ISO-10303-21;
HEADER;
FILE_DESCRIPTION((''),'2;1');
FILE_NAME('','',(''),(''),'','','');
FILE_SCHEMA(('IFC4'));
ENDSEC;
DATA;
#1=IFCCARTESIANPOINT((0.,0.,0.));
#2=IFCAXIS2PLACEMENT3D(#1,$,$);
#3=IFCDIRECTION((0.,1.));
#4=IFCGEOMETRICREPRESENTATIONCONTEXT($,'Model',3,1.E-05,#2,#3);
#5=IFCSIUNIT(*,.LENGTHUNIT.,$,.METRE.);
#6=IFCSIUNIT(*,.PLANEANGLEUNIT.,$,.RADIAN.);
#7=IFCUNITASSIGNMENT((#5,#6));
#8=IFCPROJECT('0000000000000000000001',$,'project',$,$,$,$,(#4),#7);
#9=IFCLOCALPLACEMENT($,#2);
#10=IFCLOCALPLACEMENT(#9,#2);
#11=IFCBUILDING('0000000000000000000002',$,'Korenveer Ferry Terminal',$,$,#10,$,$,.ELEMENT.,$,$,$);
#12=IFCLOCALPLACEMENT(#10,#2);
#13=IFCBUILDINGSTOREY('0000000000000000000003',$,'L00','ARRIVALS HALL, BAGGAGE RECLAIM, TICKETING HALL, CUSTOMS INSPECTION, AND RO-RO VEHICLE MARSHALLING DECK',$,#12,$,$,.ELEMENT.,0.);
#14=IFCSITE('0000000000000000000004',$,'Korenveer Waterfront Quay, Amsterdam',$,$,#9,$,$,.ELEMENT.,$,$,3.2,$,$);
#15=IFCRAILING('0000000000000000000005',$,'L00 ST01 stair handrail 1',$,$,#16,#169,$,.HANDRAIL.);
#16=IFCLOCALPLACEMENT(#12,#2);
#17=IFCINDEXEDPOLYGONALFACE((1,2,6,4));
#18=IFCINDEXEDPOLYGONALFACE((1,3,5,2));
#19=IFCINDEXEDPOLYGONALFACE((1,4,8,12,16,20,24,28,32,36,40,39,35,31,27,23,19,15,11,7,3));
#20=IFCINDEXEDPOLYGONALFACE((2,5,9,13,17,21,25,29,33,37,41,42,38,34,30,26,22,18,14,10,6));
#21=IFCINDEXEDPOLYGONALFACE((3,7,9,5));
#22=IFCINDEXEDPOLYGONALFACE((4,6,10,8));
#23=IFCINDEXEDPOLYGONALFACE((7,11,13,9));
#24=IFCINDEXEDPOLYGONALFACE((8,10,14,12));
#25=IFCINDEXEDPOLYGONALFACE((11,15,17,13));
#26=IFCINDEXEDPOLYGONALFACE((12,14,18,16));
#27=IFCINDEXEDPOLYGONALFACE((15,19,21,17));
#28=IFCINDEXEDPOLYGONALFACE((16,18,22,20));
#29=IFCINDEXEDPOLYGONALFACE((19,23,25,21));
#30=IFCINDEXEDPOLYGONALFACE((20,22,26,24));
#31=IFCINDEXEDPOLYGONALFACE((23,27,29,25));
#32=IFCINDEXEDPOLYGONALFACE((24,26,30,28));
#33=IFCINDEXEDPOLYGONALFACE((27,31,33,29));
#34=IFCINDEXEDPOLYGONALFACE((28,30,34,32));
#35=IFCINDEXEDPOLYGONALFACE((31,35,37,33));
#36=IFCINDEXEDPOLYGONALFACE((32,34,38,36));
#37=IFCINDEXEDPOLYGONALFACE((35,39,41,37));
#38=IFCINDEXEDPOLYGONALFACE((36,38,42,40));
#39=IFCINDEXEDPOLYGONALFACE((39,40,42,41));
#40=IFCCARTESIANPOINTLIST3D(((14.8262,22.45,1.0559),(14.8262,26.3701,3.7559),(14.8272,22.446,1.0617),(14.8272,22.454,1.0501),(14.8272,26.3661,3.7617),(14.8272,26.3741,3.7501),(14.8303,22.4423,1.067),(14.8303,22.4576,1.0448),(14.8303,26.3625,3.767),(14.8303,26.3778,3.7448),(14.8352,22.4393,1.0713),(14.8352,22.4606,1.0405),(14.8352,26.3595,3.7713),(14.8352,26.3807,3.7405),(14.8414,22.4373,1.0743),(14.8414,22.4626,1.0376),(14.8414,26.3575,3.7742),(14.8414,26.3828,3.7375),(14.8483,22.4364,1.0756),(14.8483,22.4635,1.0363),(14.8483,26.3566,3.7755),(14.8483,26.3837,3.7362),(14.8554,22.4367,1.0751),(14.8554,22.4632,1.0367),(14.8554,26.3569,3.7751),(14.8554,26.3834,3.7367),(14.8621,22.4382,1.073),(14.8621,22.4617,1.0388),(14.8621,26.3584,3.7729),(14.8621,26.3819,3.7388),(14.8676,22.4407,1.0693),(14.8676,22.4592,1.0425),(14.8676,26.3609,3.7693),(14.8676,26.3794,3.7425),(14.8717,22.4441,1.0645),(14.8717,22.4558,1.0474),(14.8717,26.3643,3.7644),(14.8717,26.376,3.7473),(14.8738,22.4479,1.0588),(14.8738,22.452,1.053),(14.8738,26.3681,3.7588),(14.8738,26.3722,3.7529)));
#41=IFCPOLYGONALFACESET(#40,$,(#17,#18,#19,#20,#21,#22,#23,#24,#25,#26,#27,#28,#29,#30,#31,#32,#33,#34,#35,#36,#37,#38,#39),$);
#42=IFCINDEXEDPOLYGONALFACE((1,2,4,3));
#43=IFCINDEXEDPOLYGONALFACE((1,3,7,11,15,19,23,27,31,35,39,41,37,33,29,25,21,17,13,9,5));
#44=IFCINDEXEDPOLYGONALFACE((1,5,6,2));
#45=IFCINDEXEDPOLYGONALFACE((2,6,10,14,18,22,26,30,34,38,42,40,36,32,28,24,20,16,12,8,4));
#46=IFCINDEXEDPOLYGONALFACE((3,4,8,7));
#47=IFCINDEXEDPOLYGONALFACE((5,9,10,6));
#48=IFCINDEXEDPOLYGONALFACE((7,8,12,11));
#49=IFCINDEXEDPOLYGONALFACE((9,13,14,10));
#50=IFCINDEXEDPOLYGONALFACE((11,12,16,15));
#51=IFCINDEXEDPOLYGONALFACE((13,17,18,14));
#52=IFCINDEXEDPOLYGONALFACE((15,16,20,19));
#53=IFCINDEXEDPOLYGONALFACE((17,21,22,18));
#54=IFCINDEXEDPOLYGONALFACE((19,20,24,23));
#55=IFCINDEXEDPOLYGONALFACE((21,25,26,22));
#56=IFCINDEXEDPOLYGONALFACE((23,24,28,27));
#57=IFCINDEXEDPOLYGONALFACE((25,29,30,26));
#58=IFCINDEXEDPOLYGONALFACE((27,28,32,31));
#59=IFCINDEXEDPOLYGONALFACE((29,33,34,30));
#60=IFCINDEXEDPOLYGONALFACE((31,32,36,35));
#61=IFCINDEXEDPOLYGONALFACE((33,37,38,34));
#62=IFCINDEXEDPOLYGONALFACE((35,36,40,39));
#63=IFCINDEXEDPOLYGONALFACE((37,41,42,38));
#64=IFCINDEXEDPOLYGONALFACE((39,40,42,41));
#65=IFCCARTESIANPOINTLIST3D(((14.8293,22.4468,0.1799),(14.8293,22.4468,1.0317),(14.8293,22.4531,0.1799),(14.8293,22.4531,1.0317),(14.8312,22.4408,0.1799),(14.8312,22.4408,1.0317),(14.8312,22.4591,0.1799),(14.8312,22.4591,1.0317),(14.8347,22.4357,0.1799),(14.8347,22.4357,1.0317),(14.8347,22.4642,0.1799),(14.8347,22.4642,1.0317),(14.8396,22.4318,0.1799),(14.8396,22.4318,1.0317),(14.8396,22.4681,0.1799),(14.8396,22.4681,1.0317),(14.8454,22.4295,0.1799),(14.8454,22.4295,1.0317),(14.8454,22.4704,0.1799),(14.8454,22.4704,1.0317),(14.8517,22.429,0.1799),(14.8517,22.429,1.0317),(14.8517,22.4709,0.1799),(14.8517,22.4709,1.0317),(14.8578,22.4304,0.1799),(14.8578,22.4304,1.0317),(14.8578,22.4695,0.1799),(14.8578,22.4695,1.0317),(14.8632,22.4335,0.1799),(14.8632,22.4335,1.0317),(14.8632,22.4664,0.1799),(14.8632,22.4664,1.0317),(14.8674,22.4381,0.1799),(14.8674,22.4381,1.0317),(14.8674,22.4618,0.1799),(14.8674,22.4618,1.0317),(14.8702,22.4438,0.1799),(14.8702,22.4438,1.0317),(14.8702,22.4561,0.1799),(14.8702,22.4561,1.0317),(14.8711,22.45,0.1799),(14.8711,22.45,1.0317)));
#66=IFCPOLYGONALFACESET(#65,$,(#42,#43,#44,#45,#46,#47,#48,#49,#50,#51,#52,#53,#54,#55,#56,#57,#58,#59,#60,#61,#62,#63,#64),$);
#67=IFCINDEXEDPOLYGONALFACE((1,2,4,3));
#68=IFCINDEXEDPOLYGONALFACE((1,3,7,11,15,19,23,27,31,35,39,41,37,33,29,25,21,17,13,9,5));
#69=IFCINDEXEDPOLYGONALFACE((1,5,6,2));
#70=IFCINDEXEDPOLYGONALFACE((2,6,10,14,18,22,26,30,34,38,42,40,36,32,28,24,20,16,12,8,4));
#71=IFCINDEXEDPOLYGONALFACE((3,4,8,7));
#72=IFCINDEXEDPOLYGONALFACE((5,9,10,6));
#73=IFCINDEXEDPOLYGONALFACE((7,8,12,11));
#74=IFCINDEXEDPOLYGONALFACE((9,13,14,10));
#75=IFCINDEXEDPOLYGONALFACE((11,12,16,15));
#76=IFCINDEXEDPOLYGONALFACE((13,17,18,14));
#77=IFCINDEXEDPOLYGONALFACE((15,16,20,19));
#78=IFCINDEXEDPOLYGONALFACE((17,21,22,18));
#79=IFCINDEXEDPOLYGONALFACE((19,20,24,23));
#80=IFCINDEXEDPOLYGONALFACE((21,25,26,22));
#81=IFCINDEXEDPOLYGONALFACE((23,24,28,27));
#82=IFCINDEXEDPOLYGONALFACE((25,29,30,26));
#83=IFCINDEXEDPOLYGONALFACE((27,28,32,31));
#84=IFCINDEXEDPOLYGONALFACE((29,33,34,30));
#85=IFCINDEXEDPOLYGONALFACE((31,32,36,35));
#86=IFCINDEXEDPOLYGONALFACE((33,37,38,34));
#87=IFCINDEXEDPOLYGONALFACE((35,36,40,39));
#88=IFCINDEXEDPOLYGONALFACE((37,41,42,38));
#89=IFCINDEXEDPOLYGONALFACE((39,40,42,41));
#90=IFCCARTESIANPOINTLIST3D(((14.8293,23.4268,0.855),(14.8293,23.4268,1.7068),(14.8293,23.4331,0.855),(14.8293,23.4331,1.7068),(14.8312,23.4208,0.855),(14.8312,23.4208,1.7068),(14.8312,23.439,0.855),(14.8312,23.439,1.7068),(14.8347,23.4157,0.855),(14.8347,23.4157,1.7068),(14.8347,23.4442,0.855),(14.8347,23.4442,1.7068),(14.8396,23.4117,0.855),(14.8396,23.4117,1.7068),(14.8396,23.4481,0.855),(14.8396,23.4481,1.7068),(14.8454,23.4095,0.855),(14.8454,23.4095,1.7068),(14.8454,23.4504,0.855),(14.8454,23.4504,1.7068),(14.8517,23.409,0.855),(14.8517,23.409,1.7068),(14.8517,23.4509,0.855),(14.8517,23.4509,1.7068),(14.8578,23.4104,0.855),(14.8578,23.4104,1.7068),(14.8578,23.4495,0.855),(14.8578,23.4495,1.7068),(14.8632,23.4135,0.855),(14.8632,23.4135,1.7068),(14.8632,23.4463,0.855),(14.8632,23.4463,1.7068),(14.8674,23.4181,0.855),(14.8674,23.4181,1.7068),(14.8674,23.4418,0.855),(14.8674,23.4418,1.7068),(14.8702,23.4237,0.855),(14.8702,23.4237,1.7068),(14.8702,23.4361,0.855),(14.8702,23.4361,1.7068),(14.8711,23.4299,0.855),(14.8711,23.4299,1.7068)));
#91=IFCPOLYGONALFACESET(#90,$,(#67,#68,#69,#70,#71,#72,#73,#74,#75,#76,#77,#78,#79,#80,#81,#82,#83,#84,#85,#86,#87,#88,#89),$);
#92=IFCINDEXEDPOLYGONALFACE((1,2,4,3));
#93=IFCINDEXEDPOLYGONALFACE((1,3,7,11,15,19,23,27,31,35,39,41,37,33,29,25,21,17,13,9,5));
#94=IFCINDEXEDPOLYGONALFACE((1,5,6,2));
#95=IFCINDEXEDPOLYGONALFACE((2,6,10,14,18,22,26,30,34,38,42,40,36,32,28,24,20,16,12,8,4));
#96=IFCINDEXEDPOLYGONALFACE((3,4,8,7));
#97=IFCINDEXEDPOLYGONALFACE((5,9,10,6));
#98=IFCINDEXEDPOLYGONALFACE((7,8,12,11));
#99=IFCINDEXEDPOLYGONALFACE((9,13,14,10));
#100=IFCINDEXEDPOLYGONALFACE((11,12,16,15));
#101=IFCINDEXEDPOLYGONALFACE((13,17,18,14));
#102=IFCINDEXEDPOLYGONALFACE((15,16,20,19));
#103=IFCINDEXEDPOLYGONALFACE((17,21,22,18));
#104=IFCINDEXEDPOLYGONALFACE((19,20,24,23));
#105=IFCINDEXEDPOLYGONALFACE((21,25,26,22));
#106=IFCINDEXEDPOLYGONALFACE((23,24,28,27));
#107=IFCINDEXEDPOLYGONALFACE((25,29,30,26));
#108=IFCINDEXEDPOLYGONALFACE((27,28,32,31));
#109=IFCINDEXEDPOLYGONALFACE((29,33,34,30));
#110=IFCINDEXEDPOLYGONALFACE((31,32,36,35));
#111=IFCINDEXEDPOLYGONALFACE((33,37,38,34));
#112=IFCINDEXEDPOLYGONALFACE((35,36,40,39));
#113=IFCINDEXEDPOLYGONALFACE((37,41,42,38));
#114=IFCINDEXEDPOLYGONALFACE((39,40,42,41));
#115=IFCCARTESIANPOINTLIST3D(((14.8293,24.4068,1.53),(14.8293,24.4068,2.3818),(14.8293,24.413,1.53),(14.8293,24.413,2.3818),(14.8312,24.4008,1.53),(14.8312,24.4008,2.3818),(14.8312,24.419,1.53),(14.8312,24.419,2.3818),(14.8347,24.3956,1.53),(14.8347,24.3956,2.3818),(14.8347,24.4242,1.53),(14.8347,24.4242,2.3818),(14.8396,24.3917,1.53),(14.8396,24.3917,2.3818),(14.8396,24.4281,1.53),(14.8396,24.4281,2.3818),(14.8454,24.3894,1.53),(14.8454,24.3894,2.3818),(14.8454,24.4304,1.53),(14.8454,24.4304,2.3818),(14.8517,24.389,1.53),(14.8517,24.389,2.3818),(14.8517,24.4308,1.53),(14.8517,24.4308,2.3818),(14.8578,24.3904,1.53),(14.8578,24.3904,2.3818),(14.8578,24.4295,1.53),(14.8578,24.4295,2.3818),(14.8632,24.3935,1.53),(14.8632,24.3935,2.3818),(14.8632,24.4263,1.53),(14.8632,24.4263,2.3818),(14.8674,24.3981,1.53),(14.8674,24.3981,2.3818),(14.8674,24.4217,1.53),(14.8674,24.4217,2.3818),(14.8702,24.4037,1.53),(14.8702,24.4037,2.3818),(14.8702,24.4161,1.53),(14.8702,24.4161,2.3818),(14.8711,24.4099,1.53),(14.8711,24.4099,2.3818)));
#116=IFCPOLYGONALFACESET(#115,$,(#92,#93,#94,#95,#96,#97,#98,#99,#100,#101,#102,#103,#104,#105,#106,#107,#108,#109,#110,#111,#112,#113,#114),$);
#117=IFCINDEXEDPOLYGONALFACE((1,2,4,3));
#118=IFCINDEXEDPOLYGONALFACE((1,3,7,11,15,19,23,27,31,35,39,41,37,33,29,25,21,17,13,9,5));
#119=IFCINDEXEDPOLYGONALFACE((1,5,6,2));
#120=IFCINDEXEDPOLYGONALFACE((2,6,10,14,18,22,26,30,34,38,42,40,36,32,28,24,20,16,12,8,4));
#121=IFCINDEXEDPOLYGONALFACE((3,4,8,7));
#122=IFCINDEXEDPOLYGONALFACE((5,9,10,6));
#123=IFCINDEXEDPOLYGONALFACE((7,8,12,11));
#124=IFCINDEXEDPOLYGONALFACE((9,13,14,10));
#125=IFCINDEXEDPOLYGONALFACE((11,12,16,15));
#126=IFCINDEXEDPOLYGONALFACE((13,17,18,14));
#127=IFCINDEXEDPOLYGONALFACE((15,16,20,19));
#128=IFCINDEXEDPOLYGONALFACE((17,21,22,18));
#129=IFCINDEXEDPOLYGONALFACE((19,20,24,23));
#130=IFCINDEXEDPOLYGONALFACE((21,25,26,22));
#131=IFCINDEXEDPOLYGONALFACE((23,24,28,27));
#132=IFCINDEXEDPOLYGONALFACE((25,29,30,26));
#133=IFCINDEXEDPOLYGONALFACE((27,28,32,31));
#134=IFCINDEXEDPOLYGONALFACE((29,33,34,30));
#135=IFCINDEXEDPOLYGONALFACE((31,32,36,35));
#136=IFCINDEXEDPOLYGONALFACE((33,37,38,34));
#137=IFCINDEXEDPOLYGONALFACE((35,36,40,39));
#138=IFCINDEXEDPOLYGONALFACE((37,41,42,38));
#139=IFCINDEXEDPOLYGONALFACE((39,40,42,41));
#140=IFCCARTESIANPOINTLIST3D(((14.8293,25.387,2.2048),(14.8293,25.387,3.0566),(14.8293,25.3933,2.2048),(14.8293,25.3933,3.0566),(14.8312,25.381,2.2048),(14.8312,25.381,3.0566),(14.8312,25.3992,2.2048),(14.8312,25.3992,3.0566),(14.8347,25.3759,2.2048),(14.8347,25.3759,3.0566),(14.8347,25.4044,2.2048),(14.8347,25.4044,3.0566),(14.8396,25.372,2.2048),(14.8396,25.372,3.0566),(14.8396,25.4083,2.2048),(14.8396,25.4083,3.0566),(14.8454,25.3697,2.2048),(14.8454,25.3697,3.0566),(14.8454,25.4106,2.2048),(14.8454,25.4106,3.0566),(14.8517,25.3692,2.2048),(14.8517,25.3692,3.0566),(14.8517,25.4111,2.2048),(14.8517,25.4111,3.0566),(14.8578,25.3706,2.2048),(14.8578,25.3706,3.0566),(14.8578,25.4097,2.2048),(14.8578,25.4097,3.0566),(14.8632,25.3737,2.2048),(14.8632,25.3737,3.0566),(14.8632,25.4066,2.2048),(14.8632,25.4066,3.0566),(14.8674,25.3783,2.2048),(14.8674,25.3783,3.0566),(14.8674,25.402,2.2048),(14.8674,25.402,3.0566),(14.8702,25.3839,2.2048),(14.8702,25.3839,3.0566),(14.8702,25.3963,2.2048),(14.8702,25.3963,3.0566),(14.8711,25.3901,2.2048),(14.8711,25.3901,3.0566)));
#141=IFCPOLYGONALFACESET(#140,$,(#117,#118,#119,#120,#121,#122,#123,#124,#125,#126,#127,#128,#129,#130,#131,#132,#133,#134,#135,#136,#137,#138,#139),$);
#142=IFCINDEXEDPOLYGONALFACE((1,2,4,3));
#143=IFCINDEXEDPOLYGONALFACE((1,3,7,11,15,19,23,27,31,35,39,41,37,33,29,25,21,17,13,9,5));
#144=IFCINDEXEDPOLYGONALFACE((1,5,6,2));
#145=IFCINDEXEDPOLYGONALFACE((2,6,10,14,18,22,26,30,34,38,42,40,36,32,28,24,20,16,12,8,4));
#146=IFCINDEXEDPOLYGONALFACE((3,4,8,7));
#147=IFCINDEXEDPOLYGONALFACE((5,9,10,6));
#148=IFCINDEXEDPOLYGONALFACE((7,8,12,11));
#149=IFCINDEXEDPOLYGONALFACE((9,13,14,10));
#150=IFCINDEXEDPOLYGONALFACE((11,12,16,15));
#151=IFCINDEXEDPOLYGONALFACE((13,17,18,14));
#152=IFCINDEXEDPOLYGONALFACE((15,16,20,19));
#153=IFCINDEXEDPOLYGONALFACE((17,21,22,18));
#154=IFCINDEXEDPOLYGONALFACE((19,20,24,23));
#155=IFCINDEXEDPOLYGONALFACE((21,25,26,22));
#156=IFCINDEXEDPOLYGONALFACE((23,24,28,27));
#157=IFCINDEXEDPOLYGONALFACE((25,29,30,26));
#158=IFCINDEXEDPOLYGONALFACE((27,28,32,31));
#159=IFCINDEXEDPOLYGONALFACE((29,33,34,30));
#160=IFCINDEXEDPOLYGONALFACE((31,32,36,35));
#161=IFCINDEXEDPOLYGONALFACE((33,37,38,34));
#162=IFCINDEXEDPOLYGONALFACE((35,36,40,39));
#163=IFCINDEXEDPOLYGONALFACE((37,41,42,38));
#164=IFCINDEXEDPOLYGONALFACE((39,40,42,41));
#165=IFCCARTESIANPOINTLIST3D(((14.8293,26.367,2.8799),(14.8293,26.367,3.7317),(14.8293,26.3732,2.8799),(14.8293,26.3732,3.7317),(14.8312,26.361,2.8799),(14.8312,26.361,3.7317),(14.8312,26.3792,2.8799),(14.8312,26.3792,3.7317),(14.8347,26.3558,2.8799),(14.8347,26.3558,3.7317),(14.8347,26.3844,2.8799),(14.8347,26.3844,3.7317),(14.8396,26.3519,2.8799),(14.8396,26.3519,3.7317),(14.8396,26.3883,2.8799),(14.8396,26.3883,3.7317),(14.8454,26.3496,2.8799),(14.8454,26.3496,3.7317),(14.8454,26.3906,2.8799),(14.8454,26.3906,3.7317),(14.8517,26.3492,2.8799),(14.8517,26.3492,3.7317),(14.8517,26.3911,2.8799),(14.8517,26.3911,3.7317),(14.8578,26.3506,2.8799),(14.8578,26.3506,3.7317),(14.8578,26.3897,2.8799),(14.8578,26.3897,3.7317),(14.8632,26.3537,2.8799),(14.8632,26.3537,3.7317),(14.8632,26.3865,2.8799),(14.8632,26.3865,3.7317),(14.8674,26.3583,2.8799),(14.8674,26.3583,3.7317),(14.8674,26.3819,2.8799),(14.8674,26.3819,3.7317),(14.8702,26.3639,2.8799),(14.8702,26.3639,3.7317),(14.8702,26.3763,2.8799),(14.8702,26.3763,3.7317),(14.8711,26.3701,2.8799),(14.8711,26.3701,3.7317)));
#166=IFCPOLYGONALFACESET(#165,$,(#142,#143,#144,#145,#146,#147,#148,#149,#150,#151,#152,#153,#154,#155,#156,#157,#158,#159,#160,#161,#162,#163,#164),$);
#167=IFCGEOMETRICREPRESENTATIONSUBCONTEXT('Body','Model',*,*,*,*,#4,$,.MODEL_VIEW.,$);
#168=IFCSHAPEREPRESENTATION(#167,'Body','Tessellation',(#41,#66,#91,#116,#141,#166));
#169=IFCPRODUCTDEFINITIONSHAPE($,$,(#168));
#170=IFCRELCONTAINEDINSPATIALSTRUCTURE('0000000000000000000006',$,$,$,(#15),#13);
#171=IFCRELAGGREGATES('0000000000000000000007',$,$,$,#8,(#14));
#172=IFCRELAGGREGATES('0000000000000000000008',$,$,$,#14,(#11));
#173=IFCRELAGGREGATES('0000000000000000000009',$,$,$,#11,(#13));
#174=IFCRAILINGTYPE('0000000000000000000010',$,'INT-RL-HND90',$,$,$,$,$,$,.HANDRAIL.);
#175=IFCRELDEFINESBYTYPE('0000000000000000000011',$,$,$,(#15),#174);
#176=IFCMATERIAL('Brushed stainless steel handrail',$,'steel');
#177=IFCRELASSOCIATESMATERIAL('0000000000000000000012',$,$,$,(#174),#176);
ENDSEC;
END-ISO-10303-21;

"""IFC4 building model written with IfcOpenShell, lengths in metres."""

from ifc_helpers import new_model, si_unit, direction, frame, origin, origin_2d, place, context, subcontext, project, spatial, circle, extrude, material, type_object, element, save


model = new_model("IFC4")

# Units and contexts
model_context = context("Model", 3, precision=1e-05, world=origin(), true_north=direction((0.0, 1.0)))
body_context = subcontext(model_context, "Body", "Model", "MODEL_VIEW")
ifc_project = project(units=[si_unit("LENGTHUNIT", "METRE"), si_unit("PLANEANGLEUNIT", "RADIAN")], contexts=[model_context])

# Site, building, storey
site_placement = place(None, origin())
site = spatial("IfcSite", under=ifc_project, at=site_placement, Name="Korenveer Waterfront Quay, Amsterdam", CompositionType="ELEMENT", RefElevation=3.2)
building_placement = place(site_placement, origin())
building = spatial("IfcBuilding", under=site, at=building_placement, Name="Korenveer Ferry Terminal", CompositionType="ELEMENT")
storey_placement = place(building_placement, origin())
storey = spatial("IfcBuildingStorey", under=building, at=storey_placement, Name="L00", Description="ARRIVALS HALL, BAGGAGE RECLAIM, TICKETING HALL, CUSTOMS INSPECTION, AND RO-RO VEHICLE MARSHALLING DECK", CompositionType="ELEMENT", Elevation=0.0)

# Railing
ifc_material_1 = material(Name="Brushed stainless steel handrail", Category="steel")
railing_type_1 = type_object("IfcRailingType", Name="INT-RL-HND90", PredefinedType="HANDRAIL", material=ifc_material_1)
railing_1_placement = place(storey_placement, frame((14.8501, 22.45, 0.1799)))
element("IfcRailing", 1, at=railing_1_placement, inside=storey, type_object=railing_type_1, Name="L00 ST01 stair handrail 1", PredefinedType="HANDRAIL", context=body_context, shape_type="SweptSolid", body=[
    extrude(circle(Radius=0.0239, at=origin_2d()), frame((0.0, 0.0, 0.876), z_axis=(0.0, 0.823567, 0.567219), x_axis=(-1.0, 0.0, 0.0)), (0.0, 0.0, 1.0), 4.76),
    extrude(circle(Radius=0.021, at=origin_2d()), origin(), (0.0, 0.0, 1.0), 0.8518),
    extrude(circle(Radius=0.021, at=origin_2d()), frame((0.0, 0.98, 0.675)), (0.0, 0.0, 1.0), 0.8518),
    extrude(circle(Radius=0.021, at=origin_2d()), frame((0.0, 1.96, 1.3501)), (0.0, 0.0, 1.0), 0.8518),
    extrude(circle(Radius=0.021, at=origin_2d()), frame((0.0, 2.9402, 2.0249)), (0.0, 0.0, 1.0), 0.8518),
    extrude(circle(Radius=0.021, at=origin_2d()), frame((0.0, 3.9202, 2.7)), (0.0, 0.0, 1.0), 0.8518),
])

save(model, "model.ifc")
